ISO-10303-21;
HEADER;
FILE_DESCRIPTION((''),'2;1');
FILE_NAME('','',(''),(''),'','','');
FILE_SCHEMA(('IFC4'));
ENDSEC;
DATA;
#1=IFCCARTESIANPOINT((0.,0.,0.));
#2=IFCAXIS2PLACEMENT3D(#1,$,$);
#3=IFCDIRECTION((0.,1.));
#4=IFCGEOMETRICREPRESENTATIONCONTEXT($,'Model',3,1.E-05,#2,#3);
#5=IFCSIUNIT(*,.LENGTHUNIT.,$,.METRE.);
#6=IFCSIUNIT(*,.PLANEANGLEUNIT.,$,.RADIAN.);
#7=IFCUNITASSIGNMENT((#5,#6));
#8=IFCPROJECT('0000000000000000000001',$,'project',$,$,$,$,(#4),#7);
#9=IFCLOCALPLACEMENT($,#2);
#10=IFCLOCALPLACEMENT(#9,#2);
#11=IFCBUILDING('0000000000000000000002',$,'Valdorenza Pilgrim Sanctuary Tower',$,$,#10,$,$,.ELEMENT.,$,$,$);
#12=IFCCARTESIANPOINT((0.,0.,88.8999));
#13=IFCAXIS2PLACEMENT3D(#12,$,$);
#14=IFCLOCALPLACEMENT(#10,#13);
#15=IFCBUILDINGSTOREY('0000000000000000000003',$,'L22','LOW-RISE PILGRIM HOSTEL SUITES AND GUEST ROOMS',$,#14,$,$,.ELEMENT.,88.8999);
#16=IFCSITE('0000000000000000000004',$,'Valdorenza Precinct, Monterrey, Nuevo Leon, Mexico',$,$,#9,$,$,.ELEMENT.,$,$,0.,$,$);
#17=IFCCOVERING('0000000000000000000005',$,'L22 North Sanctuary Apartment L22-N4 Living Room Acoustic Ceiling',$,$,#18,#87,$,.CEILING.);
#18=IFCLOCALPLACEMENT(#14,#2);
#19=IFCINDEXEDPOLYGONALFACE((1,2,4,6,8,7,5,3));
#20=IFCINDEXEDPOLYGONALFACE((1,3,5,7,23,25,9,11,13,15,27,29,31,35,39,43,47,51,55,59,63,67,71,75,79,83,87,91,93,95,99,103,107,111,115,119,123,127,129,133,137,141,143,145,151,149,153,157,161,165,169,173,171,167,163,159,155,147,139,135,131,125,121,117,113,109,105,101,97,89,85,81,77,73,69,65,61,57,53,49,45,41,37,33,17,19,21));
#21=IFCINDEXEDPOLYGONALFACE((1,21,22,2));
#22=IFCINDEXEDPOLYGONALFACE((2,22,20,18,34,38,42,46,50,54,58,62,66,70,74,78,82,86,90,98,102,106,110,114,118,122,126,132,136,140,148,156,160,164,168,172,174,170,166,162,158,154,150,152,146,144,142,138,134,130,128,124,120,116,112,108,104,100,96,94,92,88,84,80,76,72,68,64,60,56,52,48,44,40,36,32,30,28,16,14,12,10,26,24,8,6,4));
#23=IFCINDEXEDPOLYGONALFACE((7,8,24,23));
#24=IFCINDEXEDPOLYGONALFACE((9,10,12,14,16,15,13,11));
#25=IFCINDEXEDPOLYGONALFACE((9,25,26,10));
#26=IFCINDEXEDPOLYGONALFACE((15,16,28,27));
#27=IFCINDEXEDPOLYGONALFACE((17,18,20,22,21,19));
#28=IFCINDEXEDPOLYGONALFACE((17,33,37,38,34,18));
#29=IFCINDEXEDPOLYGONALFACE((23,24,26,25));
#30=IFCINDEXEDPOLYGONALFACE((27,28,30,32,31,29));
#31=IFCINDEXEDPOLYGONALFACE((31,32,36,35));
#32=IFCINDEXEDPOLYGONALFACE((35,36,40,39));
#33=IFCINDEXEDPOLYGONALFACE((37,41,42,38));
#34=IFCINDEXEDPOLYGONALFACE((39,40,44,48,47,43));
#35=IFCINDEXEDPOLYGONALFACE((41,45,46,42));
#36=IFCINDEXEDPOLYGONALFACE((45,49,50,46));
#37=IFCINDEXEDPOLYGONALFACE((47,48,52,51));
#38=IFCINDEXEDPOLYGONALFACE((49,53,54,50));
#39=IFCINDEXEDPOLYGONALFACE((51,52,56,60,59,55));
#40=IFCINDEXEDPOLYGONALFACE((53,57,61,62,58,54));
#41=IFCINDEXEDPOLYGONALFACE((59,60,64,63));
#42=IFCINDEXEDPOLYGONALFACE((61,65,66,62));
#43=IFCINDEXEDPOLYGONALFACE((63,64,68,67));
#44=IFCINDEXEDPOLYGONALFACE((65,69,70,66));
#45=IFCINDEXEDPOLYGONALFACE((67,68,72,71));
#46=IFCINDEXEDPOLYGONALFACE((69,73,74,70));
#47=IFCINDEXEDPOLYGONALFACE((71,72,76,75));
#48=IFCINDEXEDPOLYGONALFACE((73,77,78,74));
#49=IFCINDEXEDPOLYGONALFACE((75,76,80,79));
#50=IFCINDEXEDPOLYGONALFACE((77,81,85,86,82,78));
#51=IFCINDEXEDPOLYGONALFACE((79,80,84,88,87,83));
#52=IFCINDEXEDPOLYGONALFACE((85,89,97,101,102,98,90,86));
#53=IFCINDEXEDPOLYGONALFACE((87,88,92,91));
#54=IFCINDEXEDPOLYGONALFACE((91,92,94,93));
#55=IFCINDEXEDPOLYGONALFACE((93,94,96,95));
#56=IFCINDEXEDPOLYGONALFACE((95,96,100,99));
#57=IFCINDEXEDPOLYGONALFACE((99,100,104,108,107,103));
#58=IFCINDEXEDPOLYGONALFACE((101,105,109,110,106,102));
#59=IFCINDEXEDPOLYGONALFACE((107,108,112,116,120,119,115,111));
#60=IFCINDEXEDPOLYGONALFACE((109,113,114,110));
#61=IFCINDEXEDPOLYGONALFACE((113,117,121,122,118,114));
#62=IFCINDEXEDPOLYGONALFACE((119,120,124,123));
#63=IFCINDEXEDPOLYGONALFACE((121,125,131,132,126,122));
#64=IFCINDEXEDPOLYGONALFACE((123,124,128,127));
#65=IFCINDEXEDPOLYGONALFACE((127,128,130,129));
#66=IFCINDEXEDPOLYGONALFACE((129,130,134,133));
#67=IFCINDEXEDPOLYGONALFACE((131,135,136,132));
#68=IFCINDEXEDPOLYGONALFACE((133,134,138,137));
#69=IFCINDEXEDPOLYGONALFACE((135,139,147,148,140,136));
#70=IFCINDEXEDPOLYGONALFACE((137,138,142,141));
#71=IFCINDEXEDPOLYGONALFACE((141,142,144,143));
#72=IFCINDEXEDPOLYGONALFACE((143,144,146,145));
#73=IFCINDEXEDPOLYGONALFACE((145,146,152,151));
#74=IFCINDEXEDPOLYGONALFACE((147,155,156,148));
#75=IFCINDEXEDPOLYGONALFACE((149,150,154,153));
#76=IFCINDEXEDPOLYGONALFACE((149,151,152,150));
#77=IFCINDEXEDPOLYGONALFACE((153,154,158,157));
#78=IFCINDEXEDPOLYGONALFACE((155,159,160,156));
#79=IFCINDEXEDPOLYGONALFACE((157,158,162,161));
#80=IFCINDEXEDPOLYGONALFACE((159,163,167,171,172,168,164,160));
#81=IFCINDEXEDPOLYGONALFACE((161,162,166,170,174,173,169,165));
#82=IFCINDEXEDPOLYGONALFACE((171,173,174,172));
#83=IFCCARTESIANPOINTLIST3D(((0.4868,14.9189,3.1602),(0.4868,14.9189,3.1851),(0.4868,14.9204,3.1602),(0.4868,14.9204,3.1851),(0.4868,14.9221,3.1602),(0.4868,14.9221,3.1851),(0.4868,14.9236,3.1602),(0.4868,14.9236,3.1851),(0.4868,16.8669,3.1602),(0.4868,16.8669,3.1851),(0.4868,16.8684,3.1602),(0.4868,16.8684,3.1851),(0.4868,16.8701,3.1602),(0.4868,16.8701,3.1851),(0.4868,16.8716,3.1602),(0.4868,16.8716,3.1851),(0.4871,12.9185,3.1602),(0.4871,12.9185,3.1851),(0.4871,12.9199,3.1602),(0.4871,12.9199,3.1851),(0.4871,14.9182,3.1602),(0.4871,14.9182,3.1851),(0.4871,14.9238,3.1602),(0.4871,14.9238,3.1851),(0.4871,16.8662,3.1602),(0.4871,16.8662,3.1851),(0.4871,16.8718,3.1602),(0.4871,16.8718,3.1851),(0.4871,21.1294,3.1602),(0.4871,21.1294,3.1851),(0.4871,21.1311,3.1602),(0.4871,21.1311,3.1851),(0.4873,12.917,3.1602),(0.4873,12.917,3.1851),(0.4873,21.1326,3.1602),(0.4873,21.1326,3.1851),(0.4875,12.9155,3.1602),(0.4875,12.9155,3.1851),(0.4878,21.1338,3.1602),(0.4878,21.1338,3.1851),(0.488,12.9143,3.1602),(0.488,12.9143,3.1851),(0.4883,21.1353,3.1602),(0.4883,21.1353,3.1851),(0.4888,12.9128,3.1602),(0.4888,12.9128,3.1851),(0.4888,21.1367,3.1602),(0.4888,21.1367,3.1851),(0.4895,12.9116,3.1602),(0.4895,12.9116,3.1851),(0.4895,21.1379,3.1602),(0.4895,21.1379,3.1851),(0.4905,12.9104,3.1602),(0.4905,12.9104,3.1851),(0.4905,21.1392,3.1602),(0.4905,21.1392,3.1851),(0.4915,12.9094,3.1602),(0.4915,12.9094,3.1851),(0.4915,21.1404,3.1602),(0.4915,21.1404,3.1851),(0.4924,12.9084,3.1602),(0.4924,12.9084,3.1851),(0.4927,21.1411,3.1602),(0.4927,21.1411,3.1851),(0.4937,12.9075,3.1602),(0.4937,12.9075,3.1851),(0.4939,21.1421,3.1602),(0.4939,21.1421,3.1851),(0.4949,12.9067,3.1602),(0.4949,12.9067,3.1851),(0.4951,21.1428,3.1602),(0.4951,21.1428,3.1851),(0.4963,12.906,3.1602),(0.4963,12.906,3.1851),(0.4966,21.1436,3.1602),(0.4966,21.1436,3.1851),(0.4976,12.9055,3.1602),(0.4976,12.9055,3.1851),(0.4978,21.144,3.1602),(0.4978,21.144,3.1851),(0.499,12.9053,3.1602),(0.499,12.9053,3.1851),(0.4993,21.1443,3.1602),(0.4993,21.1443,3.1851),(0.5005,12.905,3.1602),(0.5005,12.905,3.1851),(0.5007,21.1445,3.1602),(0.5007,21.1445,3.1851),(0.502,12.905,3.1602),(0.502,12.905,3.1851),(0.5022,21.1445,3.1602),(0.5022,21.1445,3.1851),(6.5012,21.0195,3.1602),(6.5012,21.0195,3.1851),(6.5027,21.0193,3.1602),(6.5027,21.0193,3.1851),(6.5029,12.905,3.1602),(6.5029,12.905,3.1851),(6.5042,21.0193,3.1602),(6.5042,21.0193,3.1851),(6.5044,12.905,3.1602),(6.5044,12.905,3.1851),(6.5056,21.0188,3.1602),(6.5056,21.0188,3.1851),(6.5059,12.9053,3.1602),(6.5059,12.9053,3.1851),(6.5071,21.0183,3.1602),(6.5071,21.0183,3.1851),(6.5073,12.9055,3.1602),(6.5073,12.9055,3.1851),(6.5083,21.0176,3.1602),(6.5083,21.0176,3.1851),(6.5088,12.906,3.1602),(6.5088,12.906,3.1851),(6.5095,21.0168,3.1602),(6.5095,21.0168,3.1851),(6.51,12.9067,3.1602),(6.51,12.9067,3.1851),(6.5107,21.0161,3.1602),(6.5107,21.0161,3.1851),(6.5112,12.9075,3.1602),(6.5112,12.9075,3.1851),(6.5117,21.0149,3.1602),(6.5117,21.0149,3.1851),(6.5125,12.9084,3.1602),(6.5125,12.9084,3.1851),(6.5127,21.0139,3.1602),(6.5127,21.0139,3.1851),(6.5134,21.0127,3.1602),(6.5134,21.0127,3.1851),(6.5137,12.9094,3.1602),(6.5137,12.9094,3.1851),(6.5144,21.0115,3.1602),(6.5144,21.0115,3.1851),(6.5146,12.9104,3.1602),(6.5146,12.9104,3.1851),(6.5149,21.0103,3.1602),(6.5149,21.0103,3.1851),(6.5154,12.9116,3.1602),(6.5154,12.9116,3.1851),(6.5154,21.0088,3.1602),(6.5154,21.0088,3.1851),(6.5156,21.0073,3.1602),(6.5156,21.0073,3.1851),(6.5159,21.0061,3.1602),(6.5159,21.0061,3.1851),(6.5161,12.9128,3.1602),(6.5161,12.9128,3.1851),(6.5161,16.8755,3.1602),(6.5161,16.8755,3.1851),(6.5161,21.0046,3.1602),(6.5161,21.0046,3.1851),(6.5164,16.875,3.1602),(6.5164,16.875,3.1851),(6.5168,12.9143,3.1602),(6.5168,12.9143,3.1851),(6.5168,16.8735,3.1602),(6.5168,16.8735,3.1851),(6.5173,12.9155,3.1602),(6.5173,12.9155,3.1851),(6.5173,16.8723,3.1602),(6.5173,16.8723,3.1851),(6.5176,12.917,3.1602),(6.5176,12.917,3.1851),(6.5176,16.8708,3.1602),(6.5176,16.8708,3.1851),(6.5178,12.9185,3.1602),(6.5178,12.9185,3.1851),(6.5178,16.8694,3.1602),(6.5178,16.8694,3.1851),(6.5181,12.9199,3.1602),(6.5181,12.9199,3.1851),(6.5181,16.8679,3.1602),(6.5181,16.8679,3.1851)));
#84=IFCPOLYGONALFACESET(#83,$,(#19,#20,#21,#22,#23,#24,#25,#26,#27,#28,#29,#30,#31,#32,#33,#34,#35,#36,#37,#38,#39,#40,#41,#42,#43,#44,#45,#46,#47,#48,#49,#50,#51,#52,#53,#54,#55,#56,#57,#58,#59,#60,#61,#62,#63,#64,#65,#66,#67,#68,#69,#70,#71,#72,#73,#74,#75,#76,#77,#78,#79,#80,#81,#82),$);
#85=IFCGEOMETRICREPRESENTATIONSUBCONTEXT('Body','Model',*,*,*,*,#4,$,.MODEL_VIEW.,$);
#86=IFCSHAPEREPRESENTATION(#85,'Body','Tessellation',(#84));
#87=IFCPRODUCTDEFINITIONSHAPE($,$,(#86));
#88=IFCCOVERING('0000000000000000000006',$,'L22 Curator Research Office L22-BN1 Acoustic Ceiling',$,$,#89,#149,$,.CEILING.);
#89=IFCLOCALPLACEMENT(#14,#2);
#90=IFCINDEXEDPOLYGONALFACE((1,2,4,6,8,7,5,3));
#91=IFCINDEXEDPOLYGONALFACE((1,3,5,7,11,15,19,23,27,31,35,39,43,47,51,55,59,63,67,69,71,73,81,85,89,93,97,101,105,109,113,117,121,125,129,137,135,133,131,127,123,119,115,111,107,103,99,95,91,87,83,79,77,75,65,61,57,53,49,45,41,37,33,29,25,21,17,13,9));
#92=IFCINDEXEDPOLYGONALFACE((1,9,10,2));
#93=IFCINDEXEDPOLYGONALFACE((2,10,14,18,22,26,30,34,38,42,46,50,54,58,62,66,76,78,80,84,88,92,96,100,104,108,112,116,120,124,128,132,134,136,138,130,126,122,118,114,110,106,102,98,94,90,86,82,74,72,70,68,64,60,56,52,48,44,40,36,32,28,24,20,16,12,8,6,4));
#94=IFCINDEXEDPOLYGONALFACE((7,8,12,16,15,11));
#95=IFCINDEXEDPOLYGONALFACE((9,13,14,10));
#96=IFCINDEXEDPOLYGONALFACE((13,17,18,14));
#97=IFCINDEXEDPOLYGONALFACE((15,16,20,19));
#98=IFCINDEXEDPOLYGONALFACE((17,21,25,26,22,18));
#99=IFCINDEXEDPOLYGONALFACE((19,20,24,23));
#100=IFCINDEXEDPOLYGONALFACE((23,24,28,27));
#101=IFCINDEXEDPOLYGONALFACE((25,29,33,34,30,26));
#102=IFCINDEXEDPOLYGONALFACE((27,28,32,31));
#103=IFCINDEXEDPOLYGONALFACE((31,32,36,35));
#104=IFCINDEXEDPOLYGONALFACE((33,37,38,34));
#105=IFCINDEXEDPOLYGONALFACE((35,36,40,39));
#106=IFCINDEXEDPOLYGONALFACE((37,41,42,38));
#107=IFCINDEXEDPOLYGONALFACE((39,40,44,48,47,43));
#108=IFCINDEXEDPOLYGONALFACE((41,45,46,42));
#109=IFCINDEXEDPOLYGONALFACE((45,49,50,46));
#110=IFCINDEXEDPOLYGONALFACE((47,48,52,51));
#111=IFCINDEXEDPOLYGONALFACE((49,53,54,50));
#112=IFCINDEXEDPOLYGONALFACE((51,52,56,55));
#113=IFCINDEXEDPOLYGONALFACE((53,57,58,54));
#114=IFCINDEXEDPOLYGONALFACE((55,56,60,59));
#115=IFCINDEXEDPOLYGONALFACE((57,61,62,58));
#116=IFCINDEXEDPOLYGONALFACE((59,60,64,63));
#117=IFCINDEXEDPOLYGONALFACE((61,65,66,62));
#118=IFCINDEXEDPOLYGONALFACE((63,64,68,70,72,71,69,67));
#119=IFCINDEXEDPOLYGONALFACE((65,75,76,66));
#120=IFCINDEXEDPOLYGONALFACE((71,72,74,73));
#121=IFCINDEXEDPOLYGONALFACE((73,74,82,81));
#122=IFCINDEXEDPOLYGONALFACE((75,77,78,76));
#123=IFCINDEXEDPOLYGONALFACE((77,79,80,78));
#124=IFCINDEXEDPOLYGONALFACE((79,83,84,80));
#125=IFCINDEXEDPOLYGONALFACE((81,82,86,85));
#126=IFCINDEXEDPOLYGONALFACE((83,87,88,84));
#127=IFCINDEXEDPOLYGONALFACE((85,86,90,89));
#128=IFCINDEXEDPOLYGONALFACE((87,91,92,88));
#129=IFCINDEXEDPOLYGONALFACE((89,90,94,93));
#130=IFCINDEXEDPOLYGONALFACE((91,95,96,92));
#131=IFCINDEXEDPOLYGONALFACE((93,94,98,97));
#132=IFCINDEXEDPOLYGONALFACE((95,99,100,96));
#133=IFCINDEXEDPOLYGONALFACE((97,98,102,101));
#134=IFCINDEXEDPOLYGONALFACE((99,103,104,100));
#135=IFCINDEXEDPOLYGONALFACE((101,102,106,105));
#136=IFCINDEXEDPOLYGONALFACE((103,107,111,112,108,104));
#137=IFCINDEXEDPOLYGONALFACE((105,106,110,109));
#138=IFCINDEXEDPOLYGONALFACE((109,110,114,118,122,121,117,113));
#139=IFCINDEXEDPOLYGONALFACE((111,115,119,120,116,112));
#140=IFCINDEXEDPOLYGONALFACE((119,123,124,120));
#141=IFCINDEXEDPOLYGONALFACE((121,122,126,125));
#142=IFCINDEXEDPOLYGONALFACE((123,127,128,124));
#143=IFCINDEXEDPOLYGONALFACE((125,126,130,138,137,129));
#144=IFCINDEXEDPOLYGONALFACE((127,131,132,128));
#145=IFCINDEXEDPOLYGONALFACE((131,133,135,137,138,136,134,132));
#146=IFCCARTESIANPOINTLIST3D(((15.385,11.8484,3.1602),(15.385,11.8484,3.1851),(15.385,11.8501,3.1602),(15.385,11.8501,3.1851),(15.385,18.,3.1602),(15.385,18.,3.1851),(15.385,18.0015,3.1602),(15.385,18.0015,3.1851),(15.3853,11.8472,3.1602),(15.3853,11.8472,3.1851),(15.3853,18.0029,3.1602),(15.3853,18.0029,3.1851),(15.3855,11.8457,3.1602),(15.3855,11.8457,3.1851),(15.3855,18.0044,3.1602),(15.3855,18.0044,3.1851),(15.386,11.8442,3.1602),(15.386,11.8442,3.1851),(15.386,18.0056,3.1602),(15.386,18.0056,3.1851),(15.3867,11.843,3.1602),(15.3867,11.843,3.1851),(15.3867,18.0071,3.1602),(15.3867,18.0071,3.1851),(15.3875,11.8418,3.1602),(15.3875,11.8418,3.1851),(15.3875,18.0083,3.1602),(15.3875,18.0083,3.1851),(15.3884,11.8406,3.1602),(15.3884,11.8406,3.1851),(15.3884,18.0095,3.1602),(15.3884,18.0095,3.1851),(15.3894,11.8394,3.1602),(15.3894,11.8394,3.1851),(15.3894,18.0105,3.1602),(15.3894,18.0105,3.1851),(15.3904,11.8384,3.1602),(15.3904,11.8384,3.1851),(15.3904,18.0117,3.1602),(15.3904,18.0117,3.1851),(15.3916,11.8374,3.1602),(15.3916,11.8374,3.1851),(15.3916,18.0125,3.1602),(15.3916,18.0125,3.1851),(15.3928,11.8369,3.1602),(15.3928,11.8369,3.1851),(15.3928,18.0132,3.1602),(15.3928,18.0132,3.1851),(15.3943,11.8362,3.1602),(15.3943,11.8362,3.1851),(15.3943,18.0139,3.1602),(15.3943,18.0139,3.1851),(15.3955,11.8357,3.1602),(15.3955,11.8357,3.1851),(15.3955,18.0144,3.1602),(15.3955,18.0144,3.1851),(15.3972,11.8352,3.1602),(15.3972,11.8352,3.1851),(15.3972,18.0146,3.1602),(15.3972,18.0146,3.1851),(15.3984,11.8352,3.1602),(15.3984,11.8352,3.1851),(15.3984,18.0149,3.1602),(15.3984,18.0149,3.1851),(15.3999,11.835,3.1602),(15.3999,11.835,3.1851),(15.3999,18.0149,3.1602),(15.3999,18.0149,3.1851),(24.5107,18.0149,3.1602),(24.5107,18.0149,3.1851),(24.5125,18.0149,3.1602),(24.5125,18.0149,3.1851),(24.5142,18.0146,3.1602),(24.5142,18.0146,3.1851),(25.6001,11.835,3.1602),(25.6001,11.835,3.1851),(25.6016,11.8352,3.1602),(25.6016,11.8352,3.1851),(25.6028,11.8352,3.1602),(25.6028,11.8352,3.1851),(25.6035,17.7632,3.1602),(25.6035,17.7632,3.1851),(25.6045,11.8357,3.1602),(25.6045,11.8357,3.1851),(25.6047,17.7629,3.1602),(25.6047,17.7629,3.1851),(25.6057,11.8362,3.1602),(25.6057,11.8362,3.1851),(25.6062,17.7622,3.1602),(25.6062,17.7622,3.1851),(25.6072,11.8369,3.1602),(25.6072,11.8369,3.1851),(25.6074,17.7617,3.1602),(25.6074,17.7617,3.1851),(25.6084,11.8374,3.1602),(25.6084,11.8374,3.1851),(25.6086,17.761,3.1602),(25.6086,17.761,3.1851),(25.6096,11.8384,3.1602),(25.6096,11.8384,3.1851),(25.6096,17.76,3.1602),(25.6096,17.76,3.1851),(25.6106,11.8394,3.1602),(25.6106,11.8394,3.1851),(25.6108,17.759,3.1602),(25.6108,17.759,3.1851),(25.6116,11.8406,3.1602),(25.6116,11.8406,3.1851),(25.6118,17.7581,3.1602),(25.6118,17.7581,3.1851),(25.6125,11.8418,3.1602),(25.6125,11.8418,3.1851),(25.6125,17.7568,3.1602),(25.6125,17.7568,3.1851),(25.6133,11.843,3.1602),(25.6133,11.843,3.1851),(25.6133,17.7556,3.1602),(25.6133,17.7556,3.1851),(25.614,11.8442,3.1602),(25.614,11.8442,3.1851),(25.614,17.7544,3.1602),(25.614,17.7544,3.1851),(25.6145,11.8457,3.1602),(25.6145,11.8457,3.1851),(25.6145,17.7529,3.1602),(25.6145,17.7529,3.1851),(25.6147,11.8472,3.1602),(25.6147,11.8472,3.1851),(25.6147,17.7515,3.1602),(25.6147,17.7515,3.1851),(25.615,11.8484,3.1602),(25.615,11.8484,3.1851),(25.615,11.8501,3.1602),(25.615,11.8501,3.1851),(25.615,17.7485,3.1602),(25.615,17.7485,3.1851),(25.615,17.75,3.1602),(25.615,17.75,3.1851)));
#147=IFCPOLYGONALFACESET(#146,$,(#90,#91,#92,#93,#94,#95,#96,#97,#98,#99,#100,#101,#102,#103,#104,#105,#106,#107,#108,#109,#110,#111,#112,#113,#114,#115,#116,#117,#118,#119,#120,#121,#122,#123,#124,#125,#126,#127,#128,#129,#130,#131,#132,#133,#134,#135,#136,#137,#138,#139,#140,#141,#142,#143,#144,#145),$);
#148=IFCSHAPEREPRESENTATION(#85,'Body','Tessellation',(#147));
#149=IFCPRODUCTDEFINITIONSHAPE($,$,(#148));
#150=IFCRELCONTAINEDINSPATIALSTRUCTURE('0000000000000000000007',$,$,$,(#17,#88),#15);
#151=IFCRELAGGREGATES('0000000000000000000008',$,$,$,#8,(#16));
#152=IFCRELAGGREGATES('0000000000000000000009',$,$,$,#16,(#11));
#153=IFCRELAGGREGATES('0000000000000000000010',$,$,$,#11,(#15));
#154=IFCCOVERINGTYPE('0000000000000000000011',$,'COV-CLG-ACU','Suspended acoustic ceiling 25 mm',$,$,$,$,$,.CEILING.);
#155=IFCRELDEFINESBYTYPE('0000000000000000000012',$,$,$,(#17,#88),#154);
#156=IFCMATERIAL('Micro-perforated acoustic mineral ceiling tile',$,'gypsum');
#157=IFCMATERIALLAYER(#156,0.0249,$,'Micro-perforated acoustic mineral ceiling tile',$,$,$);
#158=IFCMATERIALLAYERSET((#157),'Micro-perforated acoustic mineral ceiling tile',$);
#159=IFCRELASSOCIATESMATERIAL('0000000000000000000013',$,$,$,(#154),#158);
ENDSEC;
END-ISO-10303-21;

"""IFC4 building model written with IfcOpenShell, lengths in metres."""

from ifc_helpers import new_model, si_unit, direction, frame, origin, place, context, subcontext, project, spatial, polyline, outline, extrude, material, layer, layer_set, type_object, element, save


model = new_model("IFC4")

# Units and contexts
model_context = context("Model", 3, precision=1e-05, world=origin(), true_north=direction((0.0, 1.0)))
body_context = subcontext(model_context, "Body", "Model", "MODEL_VIEW")
ifc_project = project(units=[si_unit("LENGTHUNIT", "METRE"), si_unit("PLANEANGLEUNIT", "RADIAN")], contexts=[model_context])

# Site, building, storey
site_placement = place(None, origin())
site = spatial("IfcSite", under=ifc_project, at=site_placement, Name="Valdorenza Precinct, Monterrey, Nuevo Leon, Mexico", CompositionType="ELEMENT", RefElevation=0.0)
building_placement = place(site_placement, origin())
building = spatial("IfcBuilding", under=site, at=building_placement, Name="Valdorenza Pilgrim Sanctuary Tower", CompositionType="ELEMENT")
storey_placement = place(building_placement, frame((0.0, 0.0, 88.8999)))
storey = spatial("IfcBuildingStorey", under=building, at=storey_placement, Name="L22", Description="LOW-RISE PILGRIM HOSTEL SUITES AND GUEST ROOMS", CompositionType="ELEMENT", Elevation=88.8999)

# Coverings
ifc_material_1 = material(Name="Micro-perforated acoustic mineral ceiling tile", Category="gypsum")
ifc_layer_1 = layer(ifc_material_1, 0.0249, Name="Micro-perforated acoustic mineral ceiling tile")
ifc_layer_set_1 = layer_set([ifc_layer_1], Name="Micro-perforated acoustic mineral ceiling tile")
covering_type_1 = type_object("IfcCoveringType", Name="COV-CLG-ACU", Description="Suspended acoustic ceiling 25 mm", PredefinedType="CEILING", material=ifc_layer_set_1)
covering_1_placement = place(storey_placement, frame((0.0, 0.0, 3.1602)))
element("IfcCovering", 1, at=covering_1_placement, inside=storey, type_object=covering_type_1, Name="L22 North Sanctuary Apartment L22-N4 Living Room Acoustic Ceiling", PredefinedType="CEILING", context=body_context, shape_type="SweptSolid", body=[
    extrude(outline(polyline([(0.4871, 14.9182), (0.4868, 14.9189), (0.4868, 14.9204), (0.4868, 14.9221), (0.4868, 14.9236), (0.4871, 14.9238), (0.4871, 16.8662), (0.4868, 16.8669), (0.4868, 16.8684), (0.4868, 16.8701), (0.4868, 16.8716), (0.4871, 16.8718), (0.4871, 21.1294), (0.4871, 21.1311), (0.4873, 21.1326), (0.4878, 21.1338), (0.4883, 21.1353), (0.4888, 21.1367), (0.4895, 21.1379), (0.4905, 21.1392), (0.4915, 21.1404), (0.4927, 21.1411), (0.4939, 21.1421), (0.4951, 21.1428), (0.4966, 21.1436), (0.4978, 21.144), (0.4993, 21.1443), (0.5007, 21.1445), (0.5022, 21.1445), (6.5012, 21.0195), (6.5027, 21.0193), (6.5042, 21.0193), (6.5056, 21.0188), (6.5071, 21.0183), (6.5083, 21.0176), (6.5095, 21.0168), (6.5107, 21.0161), (6.5117, 21.0149), (6.5127, 21.0139), (6.5134, 21.0127), (6.5144, 21.0115), (6.5149, 21.0103), (6.5154, 21.0088), (6.5156, 21.0073), (6.5159, 21.0061), (6.5161, 21.0046), (6.5161, 16.8755), (6.5164, 16.875), (6.5168, 16.8735), (6.5173, 16.8723), (6.5176, 16.8708), (6.5178, 16.8694), (6.5181, 16.8679), (6.5181, 12.9199), (6.5178, 12.9185), (6.5176, 12.917), (6.5173, 12.9155), (6.5168, 12.9143), (6.5161, 12.9128), (6.5154, 12.9116), (6.5146, 12.9104), (6.5137, 12.9094), (6.5125, 12.9084), (6.5112, 12.9075), (6.51, 12.9067), (6.5088, 12.906), (6.5073, 12.9055), (6.5059, 12.9053), (6.5044, 12.905), (6.5029, 12.905), (0.502, 12.905), (0.5005, 12.905), (0.499, 12.9053), (0.4976, 12.9055), (0.4963, 12.906), (0.4949, 12.9067), (0.4937, 12.9075), (0.4924, 12.9084), (0.4915, 12.9094), (0.4905, 12.9104), (0.4895, 12.9116), (0.4888, 12.9128), (0.488, 12.9143), (0.4875, 12.9155), (0.4873, 12.917), (0.4871, 12.9185), (0.4871, 12.9199), (0.4871, 14.9182)])), origin(), (0.0, 0.0, 1.0), 0.0249),
])
covering_2_placement = place(storey_placement, frame((0.0, 0.0, 3.1602)))
element("IfcCovering", 2, at=covering_2_placement, inside=storey, type_object=covering_type_1, Name="L22 Curator Research Office L22-BN1 Acoustic Ceiling", PredefinedType="CEILING", context=body_context, shape_type="SweptSolid", body=[
    extrude(outline(polyline([(15.3999, 11.835), (15.3984, 11.8352), (15.3972, 11.8352), (15.3955, 11.8357), (15.3943, 11.8362), (15.3928, 11.8369), (15.3916, 11.8374), (15.3904, 11.8384), (15.3894, 11.8394), (15.3884, 11.8406), (15.3875, 11.8418), (15.3867, 11.843), (15.386, 11.8442), (15.3855, 11.8457), (15.3853, 11.8472), (15.385, 11.8484), (15.385, 11.8501), (15.385, 18.0), (15.385, 18.0015), (15.3853, 18.0029), (15.3855, 18.0044), (15.386, 18.0056), (15.3867, 18.0071), (15.3875, 18.0083), (15.3884, 18.0095), (15.3894, 18.0105), (15.3904, 18.0117), (15.3916, 18.0125), (15.3928, 18.0132), (15.3943, 18.0139), (15.3955, 18.0144), (15.3972, 18.0146), (15.3984, 18.0149), (15.3999, 18.0149), (24.5107, 18.0149), (24.5125, 18.0149), (24.5142, 18.0146), (25.6035, 17.7632), (25.6047, 17.7629), (25.6062, 17.7622), (25.6074, 17.7617), (25.6086, 17.761), (25.6096, 17.76), (25.6108, 17.759), (25.6118, 17.7581), (25.6125, 17.7568), (25.6133, 17.7556), (25.614, 17.7544), (25.6145, 17.7529), (25.6147, 17.7515), (25.615, 17.75), (25.615, 17.7485), (25.615, 11.8501), (25.615, 11.8484), (25.6147, 11.8472), (25.6145, 11.8457), (25.614, 11.8442), (25.6133, 11.843), (25.6125, 11.8418), (25.6116, 11.8406), (25.6106, 11.8394), (25.6096, 11.8384), (25.6084, 11.8374), (25.6072, 11.8369), (25.6057, 11.8362), (25.6045, 11.8357), (25.6028, 11.8352), (25.6016, 11.8352), (25.6001, 11.835), (15.3999, 11.835)])), origin(), (0.0, 0.0, 1.0), 0.0249),
])

save(model, "model.ifc")
